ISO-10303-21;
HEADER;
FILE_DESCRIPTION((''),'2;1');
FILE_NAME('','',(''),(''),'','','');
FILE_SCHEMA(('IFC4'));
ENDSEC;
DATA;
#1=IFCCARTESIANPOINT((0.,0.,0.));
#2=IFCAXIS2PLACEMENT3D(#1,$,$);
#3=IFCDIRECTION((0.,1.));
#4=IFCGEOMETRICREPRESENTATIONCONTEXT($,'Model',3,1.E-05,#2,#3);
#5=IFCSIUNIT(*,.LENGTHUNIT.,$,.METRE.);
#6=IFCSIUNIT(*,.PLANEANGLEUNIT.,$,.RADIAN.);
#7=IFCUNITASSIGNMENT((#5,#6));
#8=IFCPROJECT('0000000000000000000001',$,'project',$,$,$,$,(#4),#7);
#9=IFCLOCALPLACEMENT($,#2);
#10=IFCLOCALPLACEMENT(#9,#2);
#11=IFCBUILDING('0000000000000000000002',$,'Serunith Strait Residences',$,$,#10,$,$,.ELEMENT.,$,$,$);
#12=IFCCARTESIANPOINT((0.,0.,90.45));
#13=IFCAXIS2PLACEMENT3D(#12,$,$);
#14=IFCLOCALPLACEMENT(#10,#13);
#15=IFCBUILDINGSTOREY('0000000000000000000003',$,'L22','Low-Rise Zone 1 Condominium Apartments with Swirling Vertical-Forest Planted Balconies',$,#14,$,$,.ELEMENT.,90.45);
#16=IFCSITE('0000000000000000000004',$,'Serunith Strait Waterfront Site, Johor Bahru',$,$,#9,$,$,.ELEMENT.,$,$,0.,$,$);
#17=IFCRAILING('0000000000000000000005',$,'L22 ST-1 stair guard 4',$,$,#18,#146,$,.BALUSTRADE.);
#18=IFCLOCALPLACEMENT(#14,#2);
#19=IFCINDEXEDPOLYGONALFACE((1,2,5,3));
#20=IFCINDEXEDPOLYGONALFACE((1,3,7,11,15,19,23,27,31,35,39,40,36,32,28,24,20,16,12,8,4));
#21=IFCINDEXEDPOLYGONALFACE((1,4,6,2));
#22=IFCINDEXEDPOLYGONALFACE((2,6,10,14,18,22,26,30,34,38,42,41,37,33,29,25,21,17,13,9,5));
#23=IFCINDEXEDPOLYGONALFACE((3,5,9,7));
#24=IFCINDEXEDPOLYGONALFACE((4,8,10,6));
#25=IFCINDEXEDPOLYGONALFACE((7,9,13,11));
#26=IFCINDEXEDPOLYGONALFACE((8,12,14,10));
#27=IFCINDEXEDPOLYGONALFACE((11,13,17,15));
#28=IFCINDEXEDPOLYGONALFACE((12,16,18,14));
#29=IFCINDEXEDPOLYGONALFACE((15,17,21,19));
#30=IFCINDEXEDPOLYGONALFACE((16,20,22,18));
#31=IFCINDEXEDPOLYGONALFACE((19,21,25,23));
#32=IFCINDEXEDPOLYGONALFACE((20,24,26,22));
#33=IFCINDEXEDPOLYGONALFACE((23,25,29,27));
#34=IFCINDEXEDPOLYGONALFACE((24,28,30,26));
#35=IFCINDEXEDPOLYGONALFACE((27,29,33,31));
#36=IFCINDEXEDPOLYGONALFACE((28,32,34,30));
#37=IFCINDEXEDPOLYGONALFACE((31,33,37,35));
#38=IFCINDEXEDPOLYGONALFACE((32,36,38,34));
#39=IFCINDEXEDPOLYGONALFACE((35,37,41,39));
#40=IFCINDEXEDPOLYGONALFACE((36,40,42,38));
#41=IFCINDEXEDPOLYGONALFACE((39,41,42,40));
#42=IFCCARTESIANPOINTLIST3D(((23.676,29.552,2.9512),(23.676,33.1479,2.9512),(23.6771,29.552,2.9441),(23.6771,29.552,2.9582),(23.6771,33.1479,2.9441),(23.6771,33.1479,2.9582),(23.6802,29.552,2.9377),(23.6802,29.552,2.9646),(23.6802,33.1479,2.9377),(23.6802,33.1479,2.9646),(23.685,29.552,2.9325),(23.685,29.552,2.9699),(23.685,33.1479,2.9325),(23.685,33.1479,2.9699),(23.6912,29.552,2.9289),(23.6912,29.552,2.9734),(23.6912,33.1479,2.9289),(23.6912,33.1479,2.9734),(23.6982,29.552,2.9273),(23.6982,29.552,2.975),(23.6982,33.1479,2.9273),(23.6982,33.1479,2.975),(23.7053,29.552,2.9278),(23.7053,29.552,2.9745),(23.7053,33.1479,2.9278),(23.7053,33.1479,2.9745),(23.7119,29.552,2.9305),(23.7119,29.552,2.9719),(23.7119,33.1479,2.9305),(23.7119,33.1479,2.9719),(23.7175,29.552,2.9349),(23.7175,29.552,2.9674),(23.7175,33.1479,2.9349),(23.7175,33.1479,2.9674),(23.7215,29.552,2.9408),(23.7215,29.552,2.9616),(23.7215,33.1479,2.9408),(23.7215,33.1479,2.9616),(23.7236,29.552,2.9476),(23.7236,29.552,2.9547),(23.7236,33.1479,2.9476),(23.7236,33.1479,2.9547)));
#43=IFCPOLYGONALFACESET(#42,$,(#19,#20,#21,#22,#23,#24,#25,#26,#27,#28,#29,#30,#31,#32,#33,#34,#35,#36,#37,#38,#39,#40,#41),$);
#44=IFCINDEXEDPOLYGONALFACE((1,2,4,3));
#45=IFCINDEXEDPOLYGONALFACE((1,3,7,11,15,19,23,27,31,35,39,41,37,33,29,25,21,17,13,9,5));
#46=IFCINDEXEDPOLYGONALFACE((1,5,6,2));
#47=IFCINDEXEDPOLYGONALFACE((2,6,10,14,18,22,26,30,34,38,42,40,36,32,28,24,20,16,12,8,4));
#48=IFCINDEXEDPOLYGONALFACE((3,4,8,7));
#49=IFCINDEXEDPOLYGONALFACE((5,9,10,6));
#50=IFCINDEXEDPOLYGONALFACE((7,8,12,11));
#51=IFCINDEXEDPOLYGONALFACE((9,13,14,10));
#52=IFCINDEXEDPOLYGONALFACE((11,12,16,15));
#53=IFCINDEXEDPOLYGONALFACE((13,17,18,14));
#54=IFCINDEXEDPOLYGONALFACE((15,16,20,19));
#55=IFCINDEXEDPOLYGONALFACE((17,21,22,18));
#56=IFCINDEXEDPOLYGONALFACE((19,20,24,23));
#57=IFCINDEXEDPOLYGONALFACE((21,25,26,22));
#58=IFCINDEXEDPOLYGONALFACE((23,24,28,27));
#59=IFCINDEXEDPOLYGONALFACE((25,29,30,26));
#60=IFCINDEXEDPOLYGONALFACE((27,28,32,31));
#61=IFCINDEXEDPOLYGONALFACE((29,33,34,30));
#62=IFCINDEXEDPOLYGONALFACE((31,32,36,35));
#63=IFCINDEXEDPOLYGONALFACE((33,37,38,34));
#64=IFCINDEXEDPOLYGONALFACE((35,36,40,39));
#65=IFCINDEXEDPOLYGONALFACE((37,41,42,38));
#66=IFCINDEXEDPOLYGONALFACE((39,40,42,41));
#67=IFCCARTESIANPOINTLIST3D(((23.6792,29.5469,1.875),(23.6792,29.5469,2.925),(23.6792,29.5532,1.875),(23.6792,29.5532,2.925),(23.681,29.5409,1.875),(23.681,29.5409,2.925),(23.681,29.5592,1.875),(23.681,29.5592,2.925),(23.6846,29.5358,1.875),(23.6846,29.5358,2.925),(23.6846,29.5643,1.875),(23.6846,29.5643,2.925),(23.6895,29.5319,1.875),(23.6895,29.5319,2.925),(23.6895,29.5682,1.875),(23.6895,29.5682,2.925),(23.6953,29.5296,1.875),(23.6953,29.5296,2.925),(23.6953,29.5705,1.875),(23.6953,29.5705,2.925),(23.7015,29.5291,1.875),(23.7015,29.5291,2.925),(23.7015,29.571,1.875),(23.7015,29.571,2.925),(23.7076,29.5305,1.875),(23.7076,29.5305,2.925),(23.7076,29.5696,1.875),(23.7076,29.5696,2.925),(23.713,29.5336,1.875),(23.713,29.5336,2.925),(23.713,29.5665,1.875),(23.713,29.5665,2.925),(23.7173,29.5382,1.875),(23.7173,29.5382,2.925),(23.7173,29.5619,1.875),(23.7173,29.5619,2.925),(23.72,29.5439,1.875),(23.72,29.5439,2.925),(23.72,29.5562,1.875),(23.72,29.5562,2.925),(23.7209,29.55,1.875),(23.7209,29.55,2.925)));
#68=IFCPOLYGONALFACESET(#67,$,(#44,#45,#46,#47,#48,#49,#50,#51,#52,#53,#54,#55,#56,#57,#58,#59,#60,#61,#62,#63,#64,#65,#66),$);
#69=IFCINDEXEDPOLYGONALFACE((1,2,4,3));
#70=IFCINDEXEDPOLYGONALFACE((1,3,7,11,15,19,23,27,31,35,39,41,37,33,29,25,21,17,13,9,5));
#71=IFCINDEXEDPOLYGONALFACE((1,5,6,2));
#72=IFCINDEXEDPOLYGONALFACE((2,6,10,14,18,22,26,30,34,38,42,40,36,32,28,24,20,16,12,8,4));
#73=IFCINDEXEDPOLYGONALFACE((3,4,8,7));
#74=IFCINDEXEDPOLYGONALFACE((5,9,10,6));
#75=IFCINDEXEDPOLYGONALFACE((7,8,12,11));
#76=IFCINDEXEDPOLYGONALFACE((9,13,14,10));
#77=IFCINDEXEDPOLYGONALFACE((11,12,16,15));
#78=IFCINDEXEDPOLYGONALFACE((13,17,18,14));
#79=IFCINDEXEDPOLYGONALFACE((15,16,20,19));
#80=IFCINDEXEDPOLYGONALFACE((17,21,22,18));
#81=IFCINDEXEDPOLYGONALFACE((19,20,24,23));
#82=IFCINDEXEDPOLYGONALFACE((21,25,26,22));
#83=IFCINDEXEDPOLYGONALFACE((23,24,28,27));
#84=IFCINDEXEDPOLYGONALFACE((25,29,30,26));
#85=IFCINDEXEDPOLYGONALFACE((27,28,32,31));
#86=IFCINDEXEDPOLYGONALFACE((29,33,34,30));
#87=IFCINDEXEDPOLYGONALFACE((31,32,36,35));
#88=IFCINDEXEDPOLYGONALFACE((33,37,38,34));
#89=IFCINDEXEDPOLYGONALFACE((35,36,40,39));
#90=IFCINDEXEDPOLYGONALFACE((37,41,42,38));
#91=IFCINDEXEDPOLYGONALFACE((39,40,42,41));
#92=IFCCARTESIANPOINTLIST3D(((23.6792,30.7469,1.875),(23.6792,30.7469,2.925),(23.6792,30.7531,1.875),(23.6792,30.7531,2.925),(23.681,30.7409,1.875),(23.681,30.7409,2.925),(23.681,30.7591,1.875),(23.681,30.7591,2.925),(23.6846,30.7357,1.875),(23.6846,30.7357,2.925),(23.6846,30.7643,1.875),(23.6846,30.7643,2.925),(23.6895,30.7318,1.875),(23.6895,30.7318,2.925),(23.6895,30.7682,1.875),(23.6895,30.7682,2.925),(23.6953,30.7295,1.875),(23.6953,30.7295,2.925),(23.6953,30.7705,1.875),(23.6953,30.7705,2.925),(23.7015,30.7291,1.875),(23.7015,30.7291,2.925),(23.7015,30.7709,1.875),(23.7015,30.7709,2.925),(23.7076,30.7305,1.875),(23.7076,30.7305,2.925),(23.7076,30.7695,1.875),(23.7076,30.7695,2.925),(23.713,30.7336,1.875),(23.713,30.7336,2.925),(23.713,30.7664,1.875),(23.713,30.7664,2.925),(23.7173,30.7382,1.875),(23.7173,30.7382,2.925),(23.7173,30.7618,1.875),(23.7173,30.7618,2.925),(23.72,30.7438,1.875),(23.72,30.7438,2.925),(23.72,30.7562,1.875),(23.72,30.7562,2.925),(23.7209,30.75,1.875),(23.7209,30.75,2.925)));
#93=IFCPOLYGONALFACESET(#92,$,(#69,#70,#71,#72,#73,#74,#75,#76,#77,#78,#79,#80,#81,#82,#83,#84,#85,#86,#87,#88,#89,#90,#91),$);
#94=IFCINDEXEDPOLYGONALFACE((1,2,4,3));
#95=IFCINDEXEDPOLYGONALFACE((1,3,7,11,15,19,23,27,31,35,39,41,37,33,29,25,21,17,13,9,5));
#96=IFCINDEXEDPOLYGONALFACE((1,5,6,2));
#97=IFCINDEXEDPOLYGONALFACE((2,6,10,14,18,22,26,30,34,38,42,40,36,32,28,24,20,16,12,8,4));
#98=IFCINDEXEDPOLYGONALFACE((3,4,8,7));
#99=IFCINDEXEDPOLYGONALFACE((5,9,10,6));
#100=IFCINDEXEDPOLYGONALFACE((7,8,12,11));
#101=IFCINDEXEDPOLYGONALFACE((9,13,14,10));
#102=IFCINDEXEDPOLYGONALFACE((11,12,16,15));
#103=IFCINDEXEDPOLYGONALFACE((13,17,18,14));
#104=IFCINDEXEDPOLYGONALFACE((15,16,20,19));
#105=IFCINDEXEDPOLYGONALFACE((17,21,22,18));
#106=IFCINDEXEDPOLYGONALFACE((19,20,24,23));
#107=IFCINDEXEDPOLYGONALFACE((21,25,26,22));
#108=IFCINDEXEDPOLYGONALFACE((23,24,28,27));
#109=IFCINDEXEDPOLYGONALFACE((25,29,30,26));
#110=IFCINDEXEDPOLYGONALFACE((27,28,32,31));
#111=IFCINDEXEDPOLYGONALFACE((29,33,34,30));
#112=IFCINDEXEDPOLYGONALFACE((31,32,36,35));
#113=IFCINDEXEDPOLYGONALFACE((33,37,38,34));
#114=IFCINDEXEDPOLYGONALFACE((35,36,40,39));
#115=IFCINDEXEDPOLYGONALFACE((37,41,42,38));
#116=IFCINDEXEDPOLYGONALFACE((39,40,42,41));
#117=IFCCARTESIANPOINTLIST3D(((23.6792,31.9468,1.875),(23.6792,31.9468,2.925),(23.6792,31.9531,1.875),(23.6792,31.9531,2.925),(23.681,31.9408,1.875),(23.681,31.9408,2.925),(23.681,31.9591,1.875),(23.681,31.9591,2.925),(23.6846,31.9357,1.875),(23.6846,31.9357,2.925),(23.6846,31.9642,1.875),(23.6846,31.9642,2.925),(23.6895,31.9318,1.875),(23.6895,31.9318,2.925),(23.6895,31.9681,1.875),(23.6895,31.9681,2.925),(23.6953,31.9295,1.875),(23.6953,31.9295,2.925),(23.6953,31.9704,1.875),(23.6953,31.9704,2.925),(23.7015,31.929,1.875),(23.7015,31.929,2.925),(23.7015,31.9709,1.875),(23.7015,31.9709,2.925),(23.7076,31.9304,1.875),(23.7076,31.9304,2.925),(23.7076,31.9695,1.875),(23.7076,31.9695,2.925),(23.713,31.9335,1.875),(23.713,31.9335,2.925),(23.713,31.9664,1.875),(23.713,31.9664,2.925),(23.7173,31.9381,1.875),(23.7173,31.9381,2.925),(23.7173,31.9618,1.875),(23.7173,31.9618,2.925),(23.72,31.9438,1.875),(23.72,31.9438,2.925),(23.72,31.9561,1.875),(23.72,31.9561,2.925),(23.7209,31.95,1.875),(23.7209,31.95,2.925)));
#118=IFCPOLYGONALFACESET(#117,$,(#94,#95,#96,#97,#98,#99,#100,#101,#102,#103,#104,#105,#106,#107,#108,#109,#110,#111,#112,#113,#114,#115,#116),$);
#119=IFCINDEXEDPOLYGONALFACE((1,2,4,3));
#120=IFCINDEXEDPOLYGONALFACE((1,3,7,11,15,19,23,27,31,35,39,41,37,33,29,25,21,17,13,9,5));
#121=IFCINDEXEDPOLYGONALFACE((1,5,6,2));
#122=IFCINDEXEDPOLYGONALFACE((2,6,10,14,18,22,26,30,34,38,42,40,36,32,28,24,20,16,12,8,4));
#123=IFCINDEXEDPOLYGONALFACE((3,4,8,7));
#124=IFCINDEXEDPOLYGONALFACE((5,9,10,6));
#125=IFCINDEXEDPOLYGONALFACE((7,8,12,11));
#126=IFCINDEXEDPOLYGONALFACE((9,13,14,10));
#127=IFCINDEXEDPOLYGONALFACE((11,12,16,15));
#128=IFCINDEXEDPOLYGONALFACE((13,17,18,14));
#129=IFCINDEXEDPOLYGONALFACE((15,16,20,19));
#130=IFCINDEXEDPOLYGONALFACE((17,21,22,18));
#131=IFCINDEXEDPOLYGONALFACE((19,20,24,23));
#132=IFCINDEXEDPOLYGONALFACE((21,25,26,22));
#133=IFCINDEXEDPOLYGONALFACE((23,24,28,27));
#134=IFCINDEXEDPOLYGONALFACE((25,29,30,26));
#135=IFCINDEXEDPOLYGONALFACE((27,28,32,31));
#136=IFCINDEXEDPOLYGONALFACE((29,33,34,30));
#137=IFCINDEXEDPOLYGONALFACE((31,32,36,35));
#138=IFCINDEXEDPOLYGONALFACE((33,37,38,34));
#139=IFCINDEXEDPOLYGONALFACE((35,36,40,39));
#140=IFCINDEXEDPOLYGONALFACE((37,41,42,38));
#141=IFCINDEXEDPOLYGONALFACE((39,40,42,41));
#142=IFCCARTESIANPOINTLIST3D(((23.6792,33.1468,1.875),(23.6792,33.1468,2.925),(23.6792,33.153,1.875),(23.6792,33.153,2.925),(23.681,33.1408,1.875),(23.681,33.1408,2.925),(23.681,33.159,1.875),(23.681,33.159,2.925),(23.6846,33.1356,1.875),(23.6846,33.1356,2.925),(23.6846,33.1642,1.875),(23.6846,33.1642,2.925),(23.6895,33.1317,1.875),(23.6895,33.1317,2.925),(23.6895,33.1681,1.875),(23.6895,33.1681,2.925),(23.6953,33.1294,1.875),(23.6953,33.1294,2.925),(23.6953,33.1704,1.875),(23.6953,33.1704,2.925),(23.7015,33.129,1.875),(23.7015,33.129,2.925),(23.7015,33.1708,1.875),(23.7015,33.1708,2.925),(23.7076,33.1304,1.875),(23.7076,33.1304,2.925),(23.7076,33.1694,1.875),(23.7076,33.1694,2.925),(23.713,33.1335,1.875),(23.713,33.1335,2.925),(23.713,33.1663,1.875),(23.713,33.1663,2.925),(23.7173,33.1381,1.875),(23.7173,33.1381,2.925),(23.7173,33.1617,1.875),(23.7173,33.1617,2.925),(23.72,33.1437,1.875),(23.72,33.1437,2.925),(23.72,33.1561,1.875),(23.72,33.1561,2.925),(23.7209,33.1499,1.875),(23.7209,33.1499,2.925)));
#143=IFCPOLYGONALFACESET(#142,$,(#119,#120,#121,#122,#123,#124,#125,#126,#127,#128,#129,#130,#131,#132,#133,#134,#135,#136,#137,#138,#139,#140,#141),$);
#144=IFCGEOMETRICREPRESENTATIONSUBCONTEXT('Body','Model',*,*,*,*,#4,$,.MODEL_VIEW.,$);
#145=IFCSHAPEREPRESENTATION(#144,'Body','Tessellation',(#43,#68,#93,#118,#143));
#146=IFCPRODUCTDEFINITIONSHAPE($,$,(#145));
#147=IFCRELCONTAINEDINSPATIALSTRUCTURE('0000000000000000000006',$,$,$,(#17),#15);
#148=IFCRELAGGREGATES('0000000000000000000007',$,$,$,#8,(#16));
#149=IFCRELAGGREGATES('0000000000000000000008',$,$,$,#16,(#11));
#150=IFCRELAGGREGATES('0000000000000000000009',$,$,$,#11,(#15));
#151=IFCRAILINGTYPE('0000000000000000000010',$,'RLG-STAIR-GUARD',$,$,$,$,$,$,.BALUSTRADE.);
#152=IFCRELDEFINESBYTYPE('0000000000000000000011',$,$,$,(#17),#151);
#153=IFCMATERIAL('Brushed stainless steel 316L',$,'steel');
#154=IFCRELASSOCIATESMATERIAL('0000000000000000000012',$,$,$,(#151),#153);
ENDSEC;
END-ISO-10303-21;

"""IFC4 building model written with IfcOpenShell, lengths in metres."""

from ifc_helpers import new_model, si_unit, direction, frame, origin, origin_2d, place, context, subcontext, project, spatial, circle, extrude, material, type_object, element, save


model = new_model("IFC4")

# Units and contexts
model_context = context("Model", 3, precision=1e-05, world=origin(), true_north=direction((0.0, 1.0)))
body_context = subcontext(model_context, "Body", "Model", "MODEL_VIEW")
ifc_project = project(units=[si_unit("LENGTHUNIT", "METRE"), si_unit("PLANEANGLEUNIT", "RADIAN")], contexts=[model_context])

# Site, building, storey
site_placement = place(None, origin())
site = spatial("IfcSite", under=ifc_project, at=site_placement, Name="Serunith Strait Waterfront Site, Johor Bahru", CompositionType="ELEMENT", RefElevation=0.0)
building_placement = place(site_placement, origin())
building = spatial("IfcBuilding", under=site, at=building_placement, Name="Serunith Strait Residences", CompositionType="ELEMENT")
storey_placement = place(building_placement, frame((0.0, 0.0, 90.45)))
storey = spatial("IfcBuildingStorey", under=building, at=storey_placement, Name="L22", Description="Low-Rise Zone 1 Condominium Apartments with Swirling Vertical-Forest Planted Balconies", CompositionType="ELEMENT", Elevation=90.45)

# Railing
ifc_material_1 = material(Name="Brushed stainless steel 316L", Category="steel")
railing_type_1 = type_object("IfcRailingType", Name="RLG-STAIR-GUARD", PredefinedType="BALUSTRADE", material=ifc_material_1)
for number, where, name in (
    (1, (23.7, 29.55, 1.875), "L22 ST-1 stair guard 4"),
):
    element("IfcRailing", number, at=place(storey_placement, frame(where)), inside=storey, type_object=railing_type_1, Name=name, PredefinedType="BALUSTRADE", context=body_context, shape_type="SweptSolid", body=[
        extrude(circle(Radius=0.0239, at=origin_2d()), frame((0.0, 0.002, 1.0762), z_axis=(0.0, 1.0, 0.0), x_axis=(-1.0, 0.0, 0.0)), (0.0, 0.0, 1.0), 3.5959),
        extrude(circle(Radius=0.021, at=origin_2d()), origin(), (0.0, 0.0, 1.0), 1.05),
        extrude(circle(Radius=0.021, at=origin_2d()), frame((0.0, 1.2, 0.0)), (0.0, 0.0, 1.0), 1.05),
        extrude(circle(Radius=0.021, at=origin_2d()), frame((0.0, 2.3999, 0.0)), (0.0, 0.0, 1.0), 1.05),
        extrude(circle(Radius=0.021, at=origin_2d()), frame((0.0, 3.5999, 0.0)), (0.0, 0.0, 1.0), 1.05),
    ])

save(model, "model.ifc")
